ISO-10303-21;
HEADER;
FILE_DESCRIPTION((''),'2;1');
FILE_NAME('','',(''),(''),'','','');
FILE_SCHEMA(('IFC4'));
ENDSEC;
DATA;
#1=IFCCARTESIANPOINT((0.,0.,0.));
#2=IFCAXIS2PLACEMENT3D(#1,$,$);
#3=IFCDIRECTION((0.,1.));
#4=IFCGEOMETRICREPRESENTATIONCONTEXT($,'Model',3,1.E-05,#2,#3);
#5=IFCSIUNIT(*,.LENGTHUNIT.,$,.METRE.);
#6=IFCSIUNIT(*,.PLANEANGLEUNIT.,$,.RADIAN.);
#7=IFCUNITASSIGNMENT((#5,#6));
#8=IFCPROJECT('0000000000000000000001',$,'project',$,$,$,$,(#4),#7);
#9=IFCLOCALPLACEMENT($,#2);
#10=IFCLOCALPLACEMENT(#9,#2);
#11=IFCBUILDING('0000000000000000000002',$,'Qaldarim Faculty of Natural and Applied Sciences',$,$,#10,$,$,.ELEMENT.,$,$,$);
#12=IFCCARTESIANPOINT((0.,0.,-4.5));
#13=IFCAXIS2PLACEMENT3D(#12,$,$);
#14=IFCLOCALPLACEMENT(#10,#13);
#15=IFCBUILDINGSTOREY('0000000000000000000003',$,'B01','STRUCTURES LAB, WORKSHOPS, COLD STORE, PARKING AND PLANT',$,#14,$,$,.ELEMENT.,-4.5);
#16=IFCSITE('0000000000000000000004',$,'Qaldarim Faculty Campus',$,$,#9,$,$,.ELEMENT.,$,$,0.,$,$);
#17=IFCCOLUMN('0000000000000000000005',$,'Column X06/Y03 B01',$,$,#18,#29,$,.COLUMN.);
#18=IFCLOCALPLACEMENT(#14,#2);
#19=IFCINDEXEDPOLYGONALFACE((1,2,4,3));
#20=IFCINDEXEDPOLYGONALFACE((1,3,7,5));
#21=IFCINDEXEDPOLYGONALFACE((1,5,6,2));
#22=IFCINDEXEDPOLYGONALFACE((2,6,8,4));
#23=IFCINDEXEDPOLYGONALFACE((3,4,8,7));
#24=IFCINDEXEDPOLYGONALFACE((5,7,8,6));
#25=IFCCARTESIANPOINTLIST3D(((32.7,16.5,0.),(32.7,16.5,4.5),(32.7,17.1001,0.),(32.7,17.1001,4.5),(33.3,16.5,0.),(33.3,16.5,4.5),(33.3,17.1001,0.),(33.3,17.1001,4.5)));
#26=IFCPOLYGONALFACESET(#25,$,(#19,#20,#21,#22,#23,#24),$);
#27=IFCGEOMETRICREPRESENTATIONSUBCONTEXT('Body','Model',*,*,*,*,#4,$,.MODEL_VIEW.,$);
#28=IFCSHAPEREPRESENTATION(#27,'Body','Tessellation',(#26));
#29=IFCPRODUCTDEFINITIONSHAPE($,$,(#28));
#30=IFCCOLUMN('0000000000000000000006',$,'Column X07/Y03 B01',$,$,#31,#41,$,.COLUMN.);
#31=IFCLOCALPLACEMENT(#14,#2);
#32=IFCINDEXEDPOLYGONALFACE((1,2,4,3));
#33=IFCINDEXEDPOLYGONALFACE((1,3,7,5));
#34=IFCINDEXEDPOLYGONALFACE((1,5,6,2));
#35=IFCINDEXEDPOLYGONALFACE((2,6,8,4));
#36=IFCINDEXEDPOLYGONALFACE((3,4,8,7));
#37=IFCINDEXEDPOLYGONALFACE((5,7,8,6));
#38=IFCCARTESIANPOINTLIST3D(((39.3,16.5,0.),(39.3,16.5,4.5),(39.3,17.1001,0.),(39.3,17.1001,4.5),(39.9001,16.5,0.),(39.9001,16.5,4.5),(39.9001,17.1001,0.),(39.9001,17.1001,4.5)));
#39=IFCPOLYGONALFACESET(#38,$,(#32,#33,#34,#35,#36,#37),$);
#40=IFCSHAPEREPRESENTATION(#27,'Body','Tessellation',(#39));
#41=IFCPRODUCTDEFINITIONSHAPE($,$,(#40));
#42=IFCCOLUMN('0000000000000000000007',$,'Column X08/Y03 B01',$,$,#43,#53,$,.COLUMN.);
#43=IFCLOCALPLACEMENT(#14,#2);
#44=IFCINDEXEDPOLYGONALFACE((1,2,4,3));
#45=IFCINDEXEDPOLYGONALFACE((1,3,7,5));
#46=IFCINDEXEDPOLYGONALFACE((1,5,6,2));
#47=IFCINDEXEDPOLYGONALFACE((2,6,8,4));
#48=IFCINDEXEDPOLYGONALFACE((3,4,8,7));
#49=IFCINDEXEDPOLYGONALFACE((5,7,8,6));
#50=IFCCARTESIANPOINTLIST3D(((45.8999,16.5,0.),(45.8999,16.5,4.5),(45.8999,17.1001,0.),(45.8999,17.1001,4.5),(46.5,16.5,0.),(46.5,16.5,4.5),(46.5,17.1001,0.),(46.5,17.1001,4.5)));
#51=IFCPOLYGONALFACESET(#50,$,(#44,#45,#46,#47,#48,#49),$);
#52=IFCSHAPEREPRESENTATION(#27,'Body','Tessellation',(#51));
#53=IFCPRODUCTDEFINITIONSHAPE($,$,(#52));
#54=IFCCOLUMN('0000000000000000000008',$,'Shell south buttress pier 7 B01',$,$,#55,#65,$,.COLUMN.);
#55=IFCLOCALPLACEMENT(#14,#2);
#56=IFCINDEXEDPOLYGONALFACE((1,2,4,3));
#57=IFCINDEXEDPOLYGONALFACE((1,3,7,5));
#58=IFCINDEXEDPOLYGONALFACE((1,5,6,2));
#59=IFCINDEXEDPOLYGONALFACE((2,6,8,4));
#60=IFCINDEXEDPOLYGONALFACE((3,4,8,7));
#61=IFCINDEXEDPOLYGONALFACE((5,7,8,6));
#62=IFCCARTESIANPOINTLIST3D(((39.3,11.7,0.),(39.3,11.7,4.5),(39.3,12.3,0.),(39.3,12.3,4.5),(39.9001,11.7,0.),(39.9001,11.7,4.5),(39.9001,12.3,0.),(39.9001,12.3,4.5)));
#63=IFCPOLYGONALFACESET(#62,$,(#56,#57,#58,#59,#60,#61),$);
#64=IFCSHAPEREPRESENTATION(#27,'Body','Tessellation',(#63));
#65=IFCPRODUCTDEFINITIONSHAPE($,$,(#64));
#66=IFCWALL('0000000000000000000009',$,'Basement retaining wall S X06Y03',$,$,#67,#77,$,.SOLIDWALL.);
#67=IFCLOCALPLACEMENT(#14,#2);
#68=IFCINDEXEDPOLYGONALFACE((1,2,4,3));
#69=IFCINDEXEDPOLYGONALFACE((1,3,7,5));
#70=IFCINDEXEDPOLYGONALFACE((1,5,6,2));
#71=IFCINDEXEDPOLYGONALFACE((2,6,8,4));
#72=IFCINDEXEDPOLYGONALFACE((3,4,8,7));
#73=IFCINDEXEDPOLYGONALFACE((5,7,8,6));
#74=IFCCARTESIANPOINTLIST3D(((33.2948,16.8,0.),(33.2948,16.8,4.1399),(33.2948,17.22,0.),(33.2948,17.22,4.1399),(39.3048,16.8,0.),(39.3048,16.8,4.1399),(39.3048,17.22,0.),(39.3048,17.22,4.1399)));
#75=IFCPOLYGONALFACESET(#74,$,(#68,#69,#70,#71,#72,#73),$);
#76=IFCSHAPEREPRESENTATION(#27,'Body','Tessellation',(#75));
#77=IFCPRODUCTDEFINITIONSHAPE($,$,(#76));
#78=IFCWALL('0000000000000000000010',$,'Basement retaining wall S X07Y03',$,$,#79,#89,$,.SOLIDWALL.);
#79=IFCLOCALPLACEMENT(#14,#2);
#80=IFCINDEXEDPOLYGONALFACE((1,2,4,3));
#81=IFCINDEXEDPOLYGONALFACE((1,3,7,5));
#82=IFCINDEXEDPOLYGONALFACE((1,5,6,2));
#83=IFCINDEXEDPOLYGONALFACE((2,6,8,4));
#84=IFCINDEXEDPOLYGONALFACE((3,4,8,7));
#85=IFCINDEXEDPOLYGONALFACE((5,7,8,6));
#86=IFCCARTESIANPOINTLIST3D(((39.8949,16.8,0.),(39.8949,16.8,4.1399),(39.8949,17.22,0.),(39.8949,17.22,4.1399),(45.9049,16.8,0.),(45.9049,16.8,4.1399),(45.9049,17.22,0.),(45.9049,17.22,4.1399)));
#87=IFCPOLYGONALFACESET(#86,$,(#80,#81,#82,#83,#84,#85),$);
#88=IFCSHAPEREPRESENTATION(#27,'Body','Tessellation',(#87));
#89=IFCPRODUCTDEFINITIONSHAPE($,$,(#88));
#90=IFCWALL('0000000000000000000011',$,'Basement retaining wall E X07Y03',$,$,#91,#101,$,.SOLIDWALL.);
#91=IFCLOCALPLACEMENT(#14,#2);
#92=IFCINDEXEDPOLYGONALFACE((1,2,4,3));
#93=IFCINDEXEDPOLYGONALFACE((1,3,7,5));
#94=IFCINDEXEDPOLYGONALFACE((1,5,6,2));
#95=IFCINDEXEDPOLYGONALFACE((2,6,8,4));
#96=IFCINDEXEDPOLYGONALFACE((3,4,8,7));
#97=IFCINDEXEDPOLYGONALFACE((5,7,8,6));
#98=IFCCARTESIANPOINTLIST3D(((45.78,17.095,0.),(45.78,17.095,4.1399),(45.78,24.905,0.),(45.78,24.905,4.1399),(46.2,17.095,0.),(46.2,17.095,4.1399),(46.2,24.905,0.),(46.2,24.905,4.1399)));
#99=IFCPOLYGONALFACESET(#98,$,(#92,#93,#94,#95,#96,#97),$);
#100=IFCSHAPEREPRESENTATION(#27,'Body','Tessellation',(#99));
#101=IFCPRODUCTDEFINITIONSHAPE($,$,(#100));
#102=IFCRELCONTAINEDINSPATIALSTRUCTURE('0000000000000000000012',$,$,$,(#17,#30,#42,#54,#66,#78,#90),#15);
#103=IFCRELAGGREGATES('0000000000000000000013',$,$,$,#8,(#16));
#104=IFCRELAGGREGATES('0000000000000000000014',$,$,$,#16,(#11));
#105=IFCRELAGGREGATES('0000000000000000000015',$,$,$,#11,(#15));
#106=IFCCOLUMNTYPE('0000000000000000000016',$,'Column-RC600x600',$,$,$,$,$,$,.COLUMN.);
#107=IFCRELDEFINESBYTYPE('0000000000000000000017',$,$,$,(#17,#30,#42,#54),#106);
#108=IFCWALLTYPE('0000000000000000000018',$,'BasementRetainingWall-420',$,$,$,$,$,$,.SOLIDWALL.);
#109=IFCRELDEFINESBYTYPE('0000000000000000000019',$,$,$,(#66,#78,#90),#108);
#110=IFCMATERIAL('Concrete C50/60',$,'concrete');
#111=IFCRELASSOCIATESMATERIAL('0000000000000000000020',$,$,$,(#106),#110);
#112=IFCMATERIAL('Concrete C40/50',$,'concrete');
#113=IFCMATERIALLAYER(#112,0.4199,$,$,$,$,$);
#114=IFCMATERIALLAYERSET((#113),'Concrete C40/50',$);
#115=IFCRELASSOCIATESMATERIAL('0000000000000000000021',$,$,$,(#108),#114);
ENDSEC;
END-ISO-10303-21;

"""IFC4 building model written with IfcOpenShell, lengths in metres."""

from ifc_helpers import new_model, si_unit, direction, frame, frame_2d, origin, origin_2d, place, context, subcontext, project, spatial, rectangle, extrude, material, layer, layer_set, material_profile, profile_set, type_object, element, save


model = new_model("IFC4")

# Units and contexts
model_context = context("Model", 3, precision=1e-05, world=origin(), true_north=direction((0.0, 1.0)))
body_context = subcontext(model_context, "Body", "Model", "MODEL_VIEW")
ifc_project = project(units=[si_unit("LENGTHUNIT", "METRE"), si_unit("PLANEANGLEUNIT", "RADIAN")], contexts=[model_context])

# Site, building, storey
site_placement = place(None, origin())
site = spatial("IfcSite", under=ifc_project, at=site_placement, Name="Qaldarim Faculty Campus", CompositionType="ELEMENT", RefElevation=0.0)
building_placement = place(site_placement, origin())
building = spatial("IfcBuilding", under=site, at=building_placement, Name="Qaldarim Faculty of Natural and Applied Sciences", CompositionType="ELEMENT")
storey_placement = place(building_placement, frame((0.0, 0.0, -4.5)))
storey = spatial("IfcBuildingStorey", under=building, at=storey_placement, Name="B01", Description="STRUCTURES LAB, WORKSHOPS, COLD STORE, PARKING AND PLANT", CompositionType="ELEMENT", Elevation=-4.5)

# Shared definitions
ifc_material_1 = material(Name="Concrete C40/50", Category="concrete")

# Columns
ifc_material_2 = material(Name="Concrete C50/60", Category="concrete")
ifc_material_profile_1 = material_profile(ifc_material_2, rectangle(XDim=0.6001, YDim=0.6001, at=origin_2d()), Name="RC-C600x600")
ifc_profile_set_1 = profile_set([ifc_material_profile_1], Name="Concrete C50/60")
column_type = type_object("IfcColumnType", Name="Column-RC600x600", PredefinedType="COLUMN", material=ifc_profile_set_1)
for number, where, z_axis, x_axis, name in (
    (1, (33.0, 16.8, 0.0), (0.0, 0.0, 1.0), (1.0, 0.0, 0.0), "Column X06/Y03 B01"),
    (2, (39.6001, 16.8, 0.0), (0.0, 0.0, 1.0), (1.0, 0.0, 0.0), "Column X07/Y03 B01"),
    (3, (46.2, 16.8, 0.0), (0.0, 0.0, 1.0), (1.0, 0.0, 0.0), "Column X08/Y03 B01"),
    (4, (39.6001, 12.0, 0.0), (0.0, 0.0, 1.0), (1.0, 0.0, 0.0), "Shell south buttress pier 7 B01"),
):
    element("IfcColumn", number, at=place(storey_placement, frame(where, z_axis=z_axis, x_axis=x_axis)), inside=storey, type_object=column_type, Name=name, PredefinedType="COLUMN", context=body_context, shape_type="SweptSolid", body=[
        extrude(rectangle(XDim=0.6001, YDim=0.6001, at=origin_2d()), origin(), (0.0, 0.0, 1.0), 4.5),
    ])

# Walls
ifc_layer_1 = layer(ifc_material_1, 0.4199)
ifc_layer_set_1 = layer_set([ifc_layer_1], Name="Concrete C40/50")
wall_type = type_object("IfcWallType", Name="BasementRetainingWall-420", PredefinedType="SOLIDWALL", material=ifc_layer_set_1)
for number, where, z_axis, x_axis, name in (
    (5, (33.2949, 17.01, 0.0), (0.0, 0.0, 1.0), (1.0, 0.0, 0.0), "Basement retaining wall S X06Y03"),
    (6, (39.895, 17.01, 0.0), (0.0, 0.0, 1.0), (1.0, 0.0, 0.0), "Basement retaining wall S X07Y03"),
):
    element("IfcWall", number, at=place(storey_placement, frame(where, z_axis=z_axis, x_axis=x_axis)), inside=storey, type_object=wall_type, Name=name, PredefinedType="SOLIDWALL", context=body_context, shape_type="SweptSolid", body=[
        extrude(rectangle(XDim=6.01, YDim=0.4199, at=frame_2d((3.0049, 0.0))), origin(), (0.0, 0.0, 1.0), 4.1399),
    ])
wall_placement = place(storey_placement, frame((45.99, 17.095, 0.0), z_axis=(0.0, 0.0, 1.0), x_axis=(0.0, 1.0, 0.0)))
element("IfcWall", 7, at=wall_placement, inside=storey, type_object=wall_type, Name="Basement retaining wall E X07Y03", PredefinedType="SOLIDWALL", context=body_context, shape_type="SweptSolid", body=[
    extrude(rectangle(XDim=7.8101, YDim=0.4199, at=frame_2d((3.905, 0.0))), origin(), (0.0, 0.0, 1.0), 4.1399),
])

save(model, "model.ifc")
